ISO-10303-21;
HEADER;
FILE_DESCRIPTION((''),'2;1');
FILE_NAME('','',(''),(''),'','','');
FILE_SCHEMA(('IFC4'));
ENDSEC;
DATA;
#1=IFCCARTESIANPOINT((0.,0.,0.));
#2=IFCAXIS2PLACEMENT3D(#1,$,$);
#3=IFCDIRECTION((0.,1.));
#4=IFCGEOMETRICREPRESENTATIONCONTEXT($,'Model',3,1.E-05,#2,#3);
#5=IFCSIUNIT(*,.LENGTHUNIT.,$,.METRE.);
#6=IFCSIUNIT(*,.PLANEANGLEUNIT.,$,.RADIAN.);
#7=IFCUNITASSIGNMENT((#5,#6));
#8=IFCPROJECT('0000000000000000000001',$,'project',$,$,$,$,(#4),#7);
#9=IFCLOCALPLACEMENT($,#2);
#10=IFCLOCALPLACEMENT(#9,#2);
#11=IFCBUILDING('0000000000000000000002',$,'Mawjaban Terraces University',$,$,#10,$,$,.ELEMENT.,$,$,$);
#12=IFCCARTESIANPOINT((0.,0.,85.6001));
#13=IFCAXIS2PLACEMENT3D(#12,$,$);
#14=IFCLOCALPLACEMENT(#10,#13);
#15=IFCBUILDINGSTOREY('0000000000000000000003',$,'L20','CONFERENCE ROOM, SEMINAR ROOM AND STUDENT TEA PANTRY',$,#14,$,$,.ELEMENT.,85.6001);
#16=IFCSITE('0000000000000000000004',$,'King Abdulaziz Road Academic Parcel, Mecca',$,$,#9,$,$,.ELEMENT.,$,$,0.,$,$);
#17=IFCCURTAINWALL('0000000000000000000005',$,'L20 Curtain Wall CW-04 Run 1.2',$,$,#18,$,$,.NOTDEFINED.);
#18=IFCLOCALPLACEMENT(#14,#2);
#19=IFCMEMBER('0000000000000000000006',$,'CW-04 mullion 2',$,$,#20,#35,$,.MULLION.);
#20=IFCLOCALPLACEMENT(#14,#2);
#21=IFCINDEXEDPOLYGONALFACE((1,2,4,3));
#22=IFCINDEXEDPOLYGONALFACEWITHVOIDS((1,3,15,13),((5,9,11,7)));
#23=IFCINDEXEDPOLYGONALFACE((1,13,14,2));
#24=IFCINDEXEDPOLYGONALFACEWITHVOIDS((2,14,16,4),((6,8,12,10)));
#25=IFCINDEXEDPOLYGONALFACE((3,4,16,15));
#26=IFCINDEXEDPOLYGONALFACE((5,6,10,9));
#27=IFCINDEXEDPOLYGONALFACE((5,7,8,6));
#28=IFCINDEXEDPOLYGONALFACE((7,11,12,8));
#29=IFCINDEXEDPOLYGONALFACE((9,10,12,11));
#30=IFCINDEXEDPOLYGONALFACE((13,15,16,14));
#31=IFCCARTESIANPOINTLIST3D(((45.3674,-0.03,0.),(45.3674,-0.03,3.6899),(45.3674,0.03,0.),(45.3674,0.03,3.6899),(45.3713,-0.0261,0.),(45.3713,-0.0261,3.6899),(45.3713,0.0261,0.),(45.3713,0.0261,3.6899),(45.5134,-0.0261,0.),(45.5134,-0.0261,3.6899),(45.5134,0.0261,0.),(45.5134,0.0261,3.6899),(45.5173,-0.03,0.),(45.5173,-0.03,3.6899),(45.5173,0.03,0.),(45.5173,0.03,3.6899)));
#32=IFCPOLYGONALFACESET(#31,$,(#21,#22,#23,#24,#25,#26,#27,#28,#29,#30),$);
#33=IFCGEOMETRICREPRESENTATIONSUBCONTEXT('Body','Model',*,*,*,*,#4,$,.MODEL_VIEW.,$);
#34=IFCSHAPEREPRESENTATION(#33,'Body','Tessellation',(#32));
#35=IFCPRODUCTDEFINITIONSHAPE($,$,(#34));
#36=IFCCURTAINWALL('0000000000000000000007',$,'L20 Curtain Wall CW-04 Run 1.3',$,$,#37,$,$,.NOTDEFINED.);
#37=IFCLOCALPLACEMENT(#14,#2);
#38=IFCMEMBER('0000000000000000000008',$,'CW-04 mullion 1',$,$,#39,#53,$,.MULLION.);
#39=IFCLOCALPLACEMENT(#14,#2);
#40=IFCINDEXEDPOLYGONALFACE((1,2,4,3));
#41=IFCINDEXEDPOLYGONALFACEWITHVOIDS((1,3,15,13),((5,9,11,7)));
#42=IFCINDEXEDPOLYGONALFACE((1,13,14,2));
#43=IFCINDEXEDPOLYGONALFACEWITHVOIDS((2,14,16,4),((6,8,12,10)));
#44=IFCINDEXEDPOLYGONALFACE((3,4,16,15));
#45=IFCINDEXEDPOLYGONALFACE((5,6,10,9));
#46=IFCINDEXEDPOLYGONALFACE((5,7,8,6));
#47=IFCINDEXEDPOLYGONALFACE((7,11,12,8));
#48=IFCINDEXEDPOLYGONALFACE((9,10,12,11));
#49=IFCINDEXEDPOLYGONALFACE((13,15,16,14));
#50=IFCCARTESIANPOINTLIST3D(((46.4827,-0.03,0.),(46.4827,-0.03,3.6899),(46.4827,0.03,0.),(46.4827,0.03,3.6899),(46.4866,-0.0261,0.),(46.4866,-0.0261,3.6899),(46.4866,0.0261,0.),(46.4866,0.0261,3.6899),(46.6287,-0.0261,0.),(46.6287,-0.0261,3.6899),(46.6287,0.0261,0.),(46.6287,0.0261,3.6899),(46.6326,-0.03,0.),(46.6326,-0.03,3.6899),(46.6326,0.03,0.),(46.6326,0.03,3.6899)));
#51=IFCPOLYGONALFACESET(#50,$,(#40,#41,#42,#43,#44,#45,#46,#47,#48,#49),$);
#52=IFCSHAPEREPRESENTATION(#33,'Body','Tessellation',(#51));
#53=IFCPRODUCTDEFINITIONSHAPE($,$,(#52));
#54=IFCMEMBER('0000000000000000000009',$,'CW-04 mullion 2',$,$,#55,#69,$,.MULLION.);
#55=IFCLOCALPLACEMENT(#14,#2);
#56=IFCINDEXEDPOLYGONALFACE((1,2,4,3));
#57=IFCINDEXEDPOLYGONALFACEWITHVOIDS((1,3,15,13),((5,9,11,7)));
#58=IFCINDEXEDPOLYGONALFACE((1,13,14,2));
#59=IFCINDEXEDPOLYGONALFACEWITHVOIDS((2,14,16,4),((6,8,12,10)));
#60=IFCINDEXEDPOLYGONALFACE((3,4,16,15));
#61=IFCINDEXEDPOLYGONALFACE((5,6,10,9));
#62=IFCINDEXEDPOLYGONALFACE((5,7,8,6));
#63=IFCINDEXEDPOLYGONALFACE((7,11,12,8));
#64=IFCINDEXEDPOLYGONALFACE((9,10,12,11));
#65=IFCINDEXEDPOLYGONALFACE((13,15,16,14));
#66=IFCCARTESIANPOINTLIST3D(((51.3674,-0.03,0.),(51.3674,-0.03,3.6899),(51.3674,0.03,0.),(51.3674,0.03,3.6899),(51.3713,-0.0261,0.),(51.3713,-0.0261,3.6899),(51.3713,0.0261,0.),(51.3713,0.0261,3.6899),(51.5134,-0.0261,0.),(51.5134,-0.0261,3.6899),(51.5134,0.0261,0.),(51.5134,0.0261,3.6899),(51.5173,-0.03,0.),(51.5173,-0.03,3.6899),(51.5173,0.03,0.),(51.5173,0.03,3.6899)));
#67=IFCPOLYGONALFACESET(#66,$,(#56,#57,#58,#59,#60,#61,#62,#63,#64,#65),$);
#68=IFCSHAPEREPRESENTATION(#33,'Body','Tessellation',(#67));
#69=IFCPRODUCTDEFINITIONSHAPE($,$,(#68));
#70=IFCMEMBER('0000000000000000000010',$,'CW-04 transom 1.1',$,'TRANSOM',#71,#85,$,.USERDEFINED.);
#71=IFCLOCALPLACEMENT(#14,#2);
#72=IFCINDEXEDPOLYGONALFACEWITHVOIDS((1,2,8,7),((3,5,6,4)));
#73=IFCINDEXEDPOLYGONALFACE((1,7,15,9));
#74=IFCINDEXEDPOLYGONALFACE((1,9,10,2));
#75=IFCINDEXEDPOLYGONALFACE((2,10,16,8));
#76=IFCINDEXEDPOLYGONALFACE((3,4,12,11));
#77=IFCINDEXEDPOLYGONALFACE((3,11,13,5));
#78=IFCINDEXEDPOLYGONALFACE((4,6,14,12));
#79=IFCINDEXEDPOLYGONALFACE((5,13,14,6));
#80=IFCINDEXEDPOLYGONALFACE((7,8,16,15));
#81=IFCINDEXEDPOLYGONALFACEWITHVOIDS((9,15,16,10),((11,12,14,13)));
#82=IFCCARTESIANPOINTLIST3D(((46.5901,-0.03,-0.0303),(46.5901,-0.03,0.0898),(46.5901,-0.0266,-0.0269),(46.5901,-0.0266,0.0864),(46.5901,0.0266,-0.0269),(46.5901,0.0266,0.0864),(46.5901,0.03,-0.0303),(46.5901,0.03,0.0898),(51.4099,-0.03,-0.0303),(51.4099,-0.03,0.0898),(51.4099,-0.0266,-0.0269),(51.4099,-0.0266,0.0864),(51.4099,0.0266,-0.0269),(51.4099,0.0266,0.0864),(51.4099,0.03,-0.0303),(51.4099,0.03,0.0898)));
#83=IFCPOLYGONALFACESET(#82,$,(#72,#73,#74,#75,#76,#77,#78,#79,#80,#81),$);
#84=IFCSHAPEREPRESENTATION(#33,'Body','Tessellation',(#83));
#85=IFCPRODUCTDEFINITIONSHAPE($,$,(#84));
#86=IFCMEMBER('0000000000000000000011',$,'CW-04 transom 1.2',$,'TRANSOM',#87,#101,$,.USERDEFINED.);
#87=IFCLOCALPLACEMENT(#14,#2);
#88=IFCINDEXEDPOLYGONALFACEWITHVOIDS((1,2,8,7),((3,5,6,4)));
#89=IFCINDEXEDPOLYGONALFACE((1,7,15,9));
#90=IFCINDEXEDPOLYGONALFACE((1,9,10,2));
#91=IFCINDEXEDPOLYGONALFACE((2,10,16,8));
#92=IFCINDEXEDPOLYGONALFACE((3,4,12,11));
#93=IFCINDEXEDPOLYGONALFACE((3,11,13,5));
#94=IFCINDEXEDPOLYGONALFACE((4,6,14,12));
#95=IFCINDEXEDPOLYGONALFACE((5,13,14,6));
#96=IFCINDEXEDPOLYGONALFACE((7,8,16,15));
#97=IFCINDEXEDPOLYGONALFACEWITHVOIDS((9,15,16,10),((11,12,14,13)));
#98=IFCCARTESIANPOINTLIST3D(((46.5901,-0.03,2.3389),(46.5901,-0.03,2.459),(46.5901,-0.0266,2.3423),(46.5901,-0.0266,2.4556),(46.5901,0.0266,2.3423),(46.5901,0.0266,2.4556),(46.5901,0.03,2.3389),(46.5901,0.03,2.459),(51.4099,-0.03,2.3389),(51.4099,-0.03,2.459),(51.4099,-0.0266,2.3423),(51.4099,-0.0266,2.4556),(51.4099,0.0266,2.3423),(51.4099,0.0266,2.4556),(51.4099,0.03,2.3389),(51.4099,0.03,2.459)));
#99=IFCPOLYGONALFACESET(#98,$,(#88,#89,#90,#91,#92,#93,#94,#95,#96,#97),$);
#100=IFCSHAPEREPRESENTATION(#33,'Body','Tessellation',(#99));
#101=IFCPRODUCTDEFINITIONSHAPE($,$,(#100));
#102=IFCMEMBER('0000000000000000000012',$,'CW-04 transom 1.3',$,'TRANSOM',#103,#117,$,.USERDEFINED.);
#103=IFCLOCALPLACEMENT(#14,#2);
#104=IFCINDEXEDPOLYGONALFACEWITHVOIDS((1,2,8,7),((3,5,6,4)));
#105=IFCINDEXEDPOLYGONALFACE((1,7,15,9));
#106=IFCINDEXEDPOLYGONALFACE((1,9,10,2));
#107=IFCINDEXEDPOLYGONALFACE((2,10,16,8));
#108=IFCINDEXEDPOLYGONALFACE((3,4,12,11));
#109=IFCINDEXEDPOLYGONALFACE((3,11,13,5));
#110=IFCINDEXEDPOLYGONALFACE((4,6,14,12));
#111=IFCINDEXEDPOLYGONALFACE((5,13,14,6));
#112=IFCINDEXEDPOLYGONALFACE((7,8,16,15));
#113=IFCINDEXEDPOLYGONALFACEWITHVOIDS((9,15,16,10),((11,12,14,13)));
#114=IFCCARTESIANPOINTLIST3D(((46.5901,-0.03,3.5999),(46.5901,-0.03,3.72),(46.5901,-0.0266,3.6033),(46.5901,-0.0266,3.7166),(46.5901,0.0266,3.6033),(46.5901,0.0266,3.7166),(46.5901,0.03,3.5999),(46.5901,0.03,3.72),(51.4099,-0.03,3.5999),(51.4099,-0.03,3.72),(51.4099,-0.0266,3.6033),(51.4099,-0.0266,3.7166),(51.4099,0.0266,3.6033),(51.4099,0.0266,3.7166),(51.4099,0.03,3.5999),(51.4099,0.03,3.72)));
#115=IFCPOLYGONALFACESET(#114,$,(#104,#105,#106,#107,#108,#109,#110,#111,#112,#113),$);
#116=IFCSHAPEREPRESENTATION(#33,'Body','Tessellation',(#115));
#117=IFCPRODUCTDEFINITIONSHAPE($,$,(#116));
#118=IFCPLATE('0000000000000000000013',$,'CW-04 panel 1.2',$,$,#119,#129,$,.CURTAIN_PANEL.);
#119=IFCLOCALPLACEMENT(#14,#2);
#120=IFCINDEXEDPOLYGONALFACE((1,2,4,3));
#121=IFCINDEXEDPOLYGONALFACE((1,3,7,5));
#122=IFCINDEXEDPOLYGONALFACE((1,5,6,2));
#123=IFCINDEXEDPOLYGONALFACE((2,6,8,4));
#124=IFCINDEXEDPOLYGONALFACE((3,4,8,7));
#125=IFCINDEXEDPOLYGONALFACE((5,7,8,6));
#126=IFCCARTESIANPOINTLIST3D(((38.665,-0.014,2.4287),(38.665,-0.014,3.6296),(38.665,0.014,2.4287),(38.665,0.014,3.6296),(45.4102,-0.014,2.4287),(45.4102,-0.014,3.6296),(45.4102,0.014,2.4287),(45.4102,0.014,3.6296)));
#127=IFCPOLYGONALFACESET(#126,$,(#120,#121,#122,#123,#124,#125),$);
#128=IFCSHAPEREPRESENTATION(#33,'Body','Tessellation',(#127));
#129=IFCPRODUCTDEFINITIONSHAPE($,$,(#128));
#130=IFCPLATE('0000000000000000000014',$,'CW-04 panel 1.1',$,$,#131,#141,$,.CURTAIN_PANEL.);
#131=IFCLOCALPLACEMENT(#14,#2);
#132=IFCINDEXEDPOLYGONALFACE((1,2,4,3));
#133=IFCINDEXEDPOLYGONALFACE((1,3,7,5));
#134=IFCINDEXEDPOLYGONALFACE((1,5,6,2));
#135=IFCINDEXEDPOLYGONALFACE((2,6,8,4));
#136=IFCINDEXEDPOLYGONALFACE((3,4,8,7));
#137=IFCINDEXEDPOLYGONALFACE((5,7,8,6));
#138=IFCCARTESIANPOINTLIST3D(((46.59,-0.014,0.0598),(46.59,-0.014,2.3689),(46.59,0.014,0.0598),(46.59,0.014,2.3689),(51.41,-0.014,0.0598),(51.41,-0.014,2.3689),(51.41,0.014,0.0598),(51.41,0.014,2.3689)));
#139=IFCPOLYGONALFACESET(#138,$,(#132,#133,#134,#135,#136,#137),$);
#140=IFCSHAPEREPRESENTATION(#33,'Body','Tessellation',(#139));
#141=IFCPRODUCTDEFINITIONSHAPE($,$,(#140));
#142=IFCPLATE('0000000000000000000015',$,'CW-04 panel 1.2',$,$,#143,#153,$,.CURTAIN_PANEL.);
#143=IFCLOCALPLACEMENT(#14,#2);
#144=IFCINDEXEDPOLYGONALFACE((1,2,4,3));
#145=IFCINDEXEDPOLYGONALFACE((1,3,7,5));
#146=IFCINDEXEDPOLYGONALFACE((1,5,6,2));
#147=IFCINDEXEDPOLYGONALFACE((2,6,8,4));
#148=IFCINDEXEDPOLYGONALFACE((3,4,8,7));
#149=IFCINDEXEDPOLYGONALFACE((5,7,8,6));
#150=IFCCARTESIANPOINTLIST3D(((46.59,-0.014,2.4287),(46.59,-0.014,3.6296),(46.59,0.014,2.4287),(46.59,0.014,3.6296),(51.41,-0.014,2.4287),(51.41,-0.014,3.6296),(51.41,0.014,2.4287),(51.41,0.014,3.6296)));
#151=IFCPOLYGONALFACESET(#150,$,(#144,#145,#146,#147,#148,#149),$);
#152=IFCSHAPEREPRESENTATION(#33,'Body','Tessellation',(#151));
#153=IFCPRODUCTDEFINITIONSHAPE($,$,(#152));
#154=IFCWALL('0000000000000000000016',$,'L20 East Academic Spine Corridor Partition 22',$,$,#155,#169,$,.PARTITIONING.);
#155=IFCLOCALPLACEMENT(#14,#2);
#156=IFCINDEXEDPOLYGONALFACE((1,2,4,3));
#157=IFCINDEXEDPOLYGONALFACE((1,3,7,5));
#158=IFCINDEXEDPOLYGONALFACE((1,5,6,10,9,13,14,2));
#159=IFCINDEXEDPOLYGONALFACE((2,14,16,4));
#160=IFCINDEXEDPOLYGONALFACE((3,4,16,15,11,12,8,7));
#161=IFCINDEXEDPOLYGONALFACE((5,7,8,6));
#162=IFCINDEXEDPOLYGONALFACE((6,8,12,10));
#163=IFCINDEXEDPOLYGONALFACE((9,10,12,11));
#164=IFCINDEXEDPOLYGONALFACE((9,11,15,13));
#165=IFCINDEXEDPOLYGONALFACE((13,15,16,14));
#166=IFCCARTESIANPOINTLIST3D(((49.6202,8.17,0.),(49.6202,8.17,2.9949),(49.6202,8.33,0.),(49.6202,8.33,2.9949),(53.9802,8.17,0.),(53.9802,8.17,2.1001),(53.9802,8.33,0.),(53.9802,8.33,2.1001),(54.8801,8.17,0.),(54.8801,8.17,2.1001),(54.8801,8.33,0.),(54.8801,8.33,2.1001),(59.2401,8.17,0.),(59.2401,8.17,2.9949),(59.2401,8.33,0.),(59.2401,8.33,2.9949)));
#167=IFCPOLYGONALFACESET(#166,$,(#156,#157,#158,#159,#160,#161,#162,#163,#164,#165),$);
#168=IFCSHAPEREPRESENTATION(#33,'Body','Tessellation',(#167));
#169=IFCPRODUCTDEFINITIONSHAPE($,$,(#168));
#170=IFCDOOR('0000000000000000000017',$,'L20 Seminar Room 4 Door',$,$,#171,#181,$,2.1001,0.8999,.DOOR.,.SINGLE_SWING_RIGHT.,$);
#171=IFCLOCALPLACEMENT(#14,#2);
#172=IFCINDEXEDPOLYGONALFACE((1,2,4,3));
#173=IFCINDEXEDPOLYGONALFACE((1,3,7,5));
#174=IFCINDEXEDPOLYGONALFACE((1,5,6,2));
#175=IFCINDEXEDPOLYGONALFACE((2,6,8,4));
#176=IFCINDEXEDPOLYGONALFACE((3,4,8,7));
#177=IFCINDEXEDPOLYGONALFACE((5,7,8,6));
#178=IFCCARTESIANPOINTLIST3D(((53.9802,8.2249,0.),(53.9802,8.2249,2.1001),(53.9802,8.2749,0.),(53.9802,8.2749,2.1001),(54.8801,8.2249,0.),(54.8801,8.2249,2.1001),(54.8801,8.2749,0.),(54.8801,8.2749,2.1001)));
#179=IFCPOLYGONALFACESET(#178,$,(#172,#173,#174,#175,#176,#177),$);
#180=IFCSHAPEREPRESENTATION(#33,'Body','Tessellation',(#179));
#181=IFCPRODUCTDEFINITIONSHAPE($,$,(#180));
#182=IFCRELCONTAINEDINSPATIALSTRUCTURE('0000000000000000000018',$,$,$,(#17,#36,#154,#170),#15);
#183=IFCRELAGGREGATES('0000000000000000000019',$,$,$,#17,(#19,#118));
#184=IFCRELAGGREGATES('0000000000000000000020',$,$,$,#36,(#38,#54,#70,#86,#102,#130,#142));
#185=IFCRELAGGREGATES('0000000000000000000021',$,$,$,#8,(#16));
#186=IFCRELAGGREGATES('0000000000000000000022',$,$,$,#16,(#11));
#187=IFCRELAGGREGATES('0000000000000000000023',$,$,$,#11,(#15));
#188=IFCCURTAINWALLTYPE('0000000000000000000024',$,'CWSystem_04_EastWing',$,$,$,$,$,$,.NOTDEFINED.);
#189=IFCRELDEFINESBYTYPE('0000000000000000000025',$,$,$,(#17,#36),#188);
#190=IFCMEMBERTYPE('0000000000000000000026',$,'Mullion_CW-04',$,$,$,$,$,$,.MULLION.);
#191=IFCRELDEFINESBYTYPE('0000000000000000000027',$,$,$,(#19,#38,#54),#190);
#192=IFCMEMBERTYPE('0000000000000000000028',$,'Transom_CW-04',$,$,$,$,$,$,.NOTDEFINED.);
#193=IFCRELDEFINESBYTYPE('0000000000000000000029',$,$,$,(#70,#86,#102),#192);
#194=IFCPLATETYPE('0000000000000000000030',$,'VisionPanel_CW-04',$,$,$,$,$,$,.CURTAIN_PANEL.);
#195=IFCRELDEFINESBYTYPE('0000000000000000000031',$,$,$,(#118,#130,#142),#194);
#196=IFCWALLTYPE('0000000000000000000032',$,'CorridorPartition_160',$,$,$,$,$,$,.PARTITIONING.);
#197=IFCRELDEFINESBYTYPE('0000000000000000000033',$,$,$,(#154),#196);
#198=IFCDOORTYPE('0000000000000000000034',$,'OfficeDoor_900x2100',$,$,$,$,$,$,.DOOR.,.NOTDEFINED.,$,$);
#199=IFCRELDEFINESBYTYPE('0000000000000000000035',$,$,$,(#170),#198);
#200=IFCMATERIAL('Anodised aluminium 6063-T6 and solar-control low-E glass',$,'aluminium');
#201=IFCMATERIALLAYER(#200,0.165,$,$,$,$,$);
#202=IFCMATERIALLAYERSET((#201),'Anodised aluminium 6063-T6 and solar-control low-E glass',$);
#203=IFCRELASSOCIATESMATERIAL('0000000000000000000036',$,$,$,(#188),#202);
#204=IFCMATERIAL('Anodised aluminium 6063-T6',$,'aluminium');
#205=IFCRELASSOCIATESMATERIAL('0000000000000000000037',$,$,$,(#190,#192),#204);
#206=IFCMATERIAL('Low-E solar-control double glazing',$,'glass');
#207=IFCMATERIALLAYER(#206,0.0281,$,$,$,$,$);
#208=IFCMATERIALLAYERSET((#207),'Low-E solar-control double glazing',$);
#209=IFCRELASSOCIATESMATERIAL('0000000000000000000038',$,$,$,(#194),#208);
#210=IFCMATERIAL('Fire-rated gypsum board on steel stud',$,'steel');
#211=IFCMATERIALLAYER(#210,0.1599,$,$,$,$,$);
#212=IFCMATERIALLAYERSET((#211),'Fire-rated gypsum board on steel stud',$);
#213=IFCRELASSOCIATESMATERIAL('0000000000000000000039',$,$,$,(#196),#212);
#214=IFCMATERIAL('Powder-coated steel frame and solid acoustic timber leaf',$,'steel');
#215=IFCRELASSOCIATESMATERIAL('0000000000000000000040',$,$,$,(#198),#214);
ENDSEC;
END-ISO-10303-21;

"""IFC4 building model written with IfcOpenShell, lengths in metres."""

from ifc_helpers import new_model, si_unit, direction, frame, frame_2d, origin, origin_2d, place, context, subcontext, project, spatial, rectangle, hollow_rectangle, extrude, material, layer, layer_set, material_profile, profile_set, type_object, element, fill, aggregate, save


model = new_model("IFC4")

# Units and contexts
model_context = context("Model", 3, precision=1e-05, world=origin(), true_north=direction((0.0, 1.0)))
body_context = subcontext(model_context, "Body", "Model", "MODEL_VIEW")
ifc_project = project(units=[si_unit("LENGTHUNIT", "METRE"), si_unit("PLANEANGLEUNIT", "RADIAN")], contexts=[model_context])

# Site, building, storey
site_placement = place(None, origin())
site = spatial("IfcSite", under=ifc_project, at=site_placement, Name="King Abdulaziz Road Academic Parcel, Mecca", CompositionType="ELEMENT", RefElevation=0.0)
building_placement = place(site_placement, origin())
building = spatial("IfcBuilding", under=site, at=building_placement, Name="Mawjaban Terraces University", CompositionType="ELEMENT")
storey_placement = place(building_placement, frame((0.0, 0.0, 85.6001)))
storey = spatial("IfcBuildingStorey", under=building, at=storey_placement, Name="L20", Description="CONFERENCE ROOM, SEMINAR ROOM AND STUDENT TEA PANTRY", CompositionType="ELEMENT", Elevation=85.6001)

# Curtain wall, member
ifc_material_1 = material(Name="Anodised aluminium 6063-T6 and solar-control low-E glass", Category="aluminium")
ifc_layer_1 = layer(ifc_material_1, 0.165)
ifc_layer_set_1 = layer_set([ifc_layer_1], Name="Anodised aluminium 6063-T6 and solar-control low-E glass")
curtain_wall_type = type_object("IfcCurtainWallType", Name="CWSystem_04_EastWing", PredefinedType="NOTDEFINED", material=ifc_layer_set_1)
curtain_wall_1_placement = place(storey_placement, origin())
curtain_wall_1 = element("IfcCurtainWall", 1, at=curtain_wall_1_placement, inside=storey, type_object=curtain_wall_type, Name="L20 Curtain Wall CW-04 Run 1.2", PredefinedType="NOTDEFINED")
ifc_material_2 = material(Name="Anodised aluminium 6063-T6", Category="aluminium")
ifc_material_profile_1 = material_profile(ifc_material_2, hollow_rectangle(XDim=0.0601, YDim=0.1499, WallThickness=0.0039, at=origin_2d()), Name="ALU150X60X4")
ifc_profile_set_1 = profile_set([ifc_material_profile_1], Name="Anodised aluminium 6063-T6")
member_type_1 = type_object("IfcMemberType", Name="Mullion_CW-04", PredefinedType="MULLION", material=ifc_profile_set_1)
member_1_placement = place(storey_placement, frame((45.4424, 0.0, 0.0), z_axis=(0.0, 0.0, 1.0), x_axis=(0.0, 1.0, 0.0)))
member_1 = element("IfcMember", 2, at=member_1_placement, type_object=member_type_1, Name="CW-04 mullion 2", PredefinedType="MULLION", context=body_context, shape_type="SweptSolid", body=[
    extrude(hollow_rectangle(XDim=0.0601, YDim=0.1499, WallThickness=0.0039, at=origin_2d()), origin(), (0.0, 0.0, 1.0), 3.6899),
])

# Curtain wall, members
curtain_wall_2_placement = place(storey_placement, origin())
curtain_wall_2 = element("IfcCurtainWall", 3, at=curtain_wall_2_placement, inside=storey, type_object=curtain_wall_type, Name="L20 Curtain Wall CW-04 Run 1.3", PredefinedType="NOTDEFINED")
member_2_placement = place(storey_placement, frame((46.5576, 0.0, 0.0), z_axis=(0.0, 0.0, 1.0), x_axis=(0.0, 1.0, 0.0)))
member_2 = element("IfcMember", 4, at=member_2_placement, type_object=member_type_1, Name="CW-04 mullion 1", PredefinedType="MULLION", context=body_context, shape_type="SweptSolid", body=[
    extrude(hollow_rectangle(XDim=0.0601, YDim=0.1499, WallThickness=0.0039, at=origin_2d()), origin(), (0.0, 0.0, 1.0), 3.6899),
])
member_3_placement = place(storey_placement, frame((51.4424, 0.0, 0.0), z_axis=(0.0, 0.0, 1.0), x_axis=(0.0, 1.0, 0.0)))
member_3 = element("IfcMember", 5, at=member_3_placement, type_object=member_type_1, Name="CW-04 mullion 2", PredefinedType="MULLION", context=body_context, shape_type="SweptSolid", body=[
    extrude(hollow_rectangle(XDim=0.0601, YDim=0.1499, WallThickness=0.0039, at=origin_2d()), origin(), (0.0, 0.0, 1.0), 3.6899),
])
ifc_material_profile_2 = material_profile(ifc_material_2, hollow_rectangle(XDim=0.0601, YDim=0.1201, WallThickness=0.0034, at=origin_2d()), Name="ALU120X60X3.5")
ifc_profile_set_2 = profile_set([ifc_material_profile_2], Name="Anodised aluminium 6063-T6")
member_type_2 = type_object("IfcMemberType", Name="Transom_CW-04", PredefinedType="NOTDEFINED", material=ifc_profile_set_2)
member_4_placement = place(storey_placement, frame((46.5901, 0.0, 0.0298), z_axis=(1.0, 0.0, 0.0), x_axis=(0.0, 1.0, 0.0)))
member_4 = element("IfcMember", 6, at=member_4_placement, type_object=member_type_2, Name="CW-04 transom 1.1", ObjectType="TRANSOM", PredefinedType="USERDEFINED", context=body_context, shape_type="SweptSolid", body=[
    extrude(hollow_rectangle(XDim=0.0601, YDim=0.1201, WallThickness=0.0034, at=origin_2d()), origin(), (0.0, 0.0, 1.0), 4.8198),
])
member_5_placement = place(storey_placement, frame((46.5901, 0.0, 2.3989), z_axis=(1.0, 0.0, 0.0), x_axis=(0.0, 1.0, 0.0)))
member_5 = element("IfcMember", 7, at=member_5_placement, type_object=member_type_2, Name="CW-04 transom 1.2", ObjectType="TRANSOM", PredefinedType="USERDEFINED", context=body_context, shape_type="SweptSolid", body=[
    extrude(hollow_rectangle(XDim=0.0601, YDim=0.1201, WallThickness=0.0034, at=origin_2d()), origin(), (0.0, 0.0, 1.0), 4.8198),
])
member_6_placement = place(storey_placement, frame((46.5901, 0.0, 3.6599), z_axis=(1.0, 0.0, 0.0), x_axis=(0.0, 1.0, 0.0)))
member_6 = element("IfcMember", 8, at=member_6_placement, type_object=member_type_2, Name="CW-04 transom 1.3", ObjectType="TRANSOM", PredefinedType="USERDEFINED", context=body_context, shape_type="SweptSolid", body=[
    extrude(hollow_rectangle(XDim=0.0601, YDim=0.1201, WallThickness=0.0034, at=origin_2d()), origin(), (0.0, 0.0, 1.0), 4.8198),
])

# Plates
ifc_material_3 = material(Name="Low-E solar-control double glazing", Category="glass")
ifc_layer_2 = layer(ifc_material_3, 0.0281)
ifc_layer_set_2 = layer_set([ifc_layer_2], Name="Low-E solar-control double glazing")
plate_type = type_object("IfcPlateType", Name="VisionPanel_CW-04", PredefinedType="CURTAIN_PANEL", material=ifc_layer_set_2)
plate_1_placement = place(storey_placement, frame((42.0376, 0.0, 2.4287), z_axis=(0.0, 0.0, 1.0), x_axis=(1.0, 0.0, 0.0)))
plate_1 = element("IfcPlate", 9, at=plate_1_placement, type_object=plate_type, Name="CW-04 panel 1.2", PredefinedType="CURTAIN_PANEL", context=body_context, shape_type="SweptSolid", body=[
    extrude(rectangle(XDim=6.7451, YDim=0.0281, at=origin_2d()), origin(), (0.0, 0.0, 1.0), 1.2009),
])
aggregate(curtain_wall_1, [member_1, plate_1])
plate_2_placement = place(storey_placement, frame((49.0, 0.0, 0.0598), z_axis=(0.0, 0.0, 1.0), x_axis=(1.0, 0.0, 0.0)))
plate_2 = element("IfcPlate", 10, at=plate_2_placement, type_object=plate_type, Name="CW-04 panel 1.1", PredefinedType="CURTAIN_PANEL", context=body_context, shape_type="SweptSolid", body=[
    extrude(rectangle(XDim=4.8201, YDim=0.0281, at=origin_2d()), origin(), (0.0, 0.0, 1.0), 2.3091),
])
plate_3_placement = place(storey_placement, frame((49.0, 0.0, 2.4287), z_axis=(0.0, 0.0, 1.0), x_axis=(1.0, 0.0, 0.0)))
plate_3 = element("IfcPlate", 11, at=plate_3_placement, type_object=plate_type, Name="CW-04 panel 1.2", PredefinedType="CURTAIN_PANEL", context=body_context, shape_type="SweptSolid", body=[
    extrude(rectangle(XDim=4.8201, YDim=0.0281, at=origin_2d()), origin(), (0.0, 0.0, 1.0), 1.2009),
])
aggregate(curtain_wall_2, [member_2, member_3, member_4, member_5, member_6, plate_2, plate_3])

# Wall, opening, door
ifc_material_4 = material(Name="Fire-rated gypsum board on steel stud", Category="steel")
ifc_layer_3 = layer(ifc_material_4, 0.1599)
ifc_layer_set_3 = layer_set([ifc_layer_3], Name="Fire-rated gypsum board on steel stud")
wall_type_1 = type_object("IfcWallType", Name="CorridorPartition_160", PredefinedType="PARTITIONING", material=ifc_layer_set_3)
wall_1_placement = place(storey_placement, frame((49.6201, 8.25, 0.0), z_axis=(0.0, 0.0, 1.0), x_axis=(1.0, 0.0, 0.0)))
wall_1 = element("IfcWall", 12, at=wall_1_placement, inside=storey, type_object=wall_type_1, Name="L20 East Academic Spine Corridor Partition 22", PredefinedType="PARTITIONING", context=body_context, shape_type="SweptSolid", body=[
    extrude(rectangle(XDim=9.6199, YDim=0.1599, at=frame_2d((4.8101, 0.0))), origin(), (0.0, 0.0, 1.0), 2.9949),
])
opening_1_placement = place(wall_1_placement, frame((4.3601, 0.0, 0.0)))
opening_1 = element("IfcOpeningElement", 13, at=opening_1_placement, cuts=wall_1, PredefinedType="OPENING", context=body_context, shape_type="SweptSolid", body=[
    extrude(rectangle(XDim=0.8999, YDim=2.1001, at=frame_2d((0.45, 1.05))), frame((0.0, 0.0898, 0.0), z_axis=(0.0, -1.0, 0.0), x_axis=(1.0, 0.0, 0.0)), (0.0, 0.0, 1.0), 0.1799),
])
ifc_material_5 = material(Name="Powder-coated steel frame and solid acoustic timber leaf", Category="steel")
door_type_1 = type_object("IfcDoorType", Name="OfficeDoor_900x2100", OperationType="NOTDEFINED", PredefinedType="DOOR", material=ifc_material_5)
door_1_placement = place(opening_1_placement, origin())
door_1 = element("IfcDoor", 14, at=door_1_placement, inside=storey, type_object=door_type_1, Name="L20 Seminar Room 4 Door", OperationType="SINGLE_SWING_RIGHT", OverallHeight=2.1001, OverallWidth=0.8999, PredefinedType="DOOR", context=body_context, shape_type="SweptSolid", body=[
    extrude(rectangle(XDim=0.8999, YDim=2.1001, at=frame_2d((0.45, 1.05))), frame((0.0, 0.0249, 0.0), z_axis=(0.0, -1.0, 0.0), x_axis=(1.0, 0.0, 0.0)), (0.0, 0.0, 1.0), 0.05),
])
fill(opening_1, door_1)

save(model, "model.ifc")
